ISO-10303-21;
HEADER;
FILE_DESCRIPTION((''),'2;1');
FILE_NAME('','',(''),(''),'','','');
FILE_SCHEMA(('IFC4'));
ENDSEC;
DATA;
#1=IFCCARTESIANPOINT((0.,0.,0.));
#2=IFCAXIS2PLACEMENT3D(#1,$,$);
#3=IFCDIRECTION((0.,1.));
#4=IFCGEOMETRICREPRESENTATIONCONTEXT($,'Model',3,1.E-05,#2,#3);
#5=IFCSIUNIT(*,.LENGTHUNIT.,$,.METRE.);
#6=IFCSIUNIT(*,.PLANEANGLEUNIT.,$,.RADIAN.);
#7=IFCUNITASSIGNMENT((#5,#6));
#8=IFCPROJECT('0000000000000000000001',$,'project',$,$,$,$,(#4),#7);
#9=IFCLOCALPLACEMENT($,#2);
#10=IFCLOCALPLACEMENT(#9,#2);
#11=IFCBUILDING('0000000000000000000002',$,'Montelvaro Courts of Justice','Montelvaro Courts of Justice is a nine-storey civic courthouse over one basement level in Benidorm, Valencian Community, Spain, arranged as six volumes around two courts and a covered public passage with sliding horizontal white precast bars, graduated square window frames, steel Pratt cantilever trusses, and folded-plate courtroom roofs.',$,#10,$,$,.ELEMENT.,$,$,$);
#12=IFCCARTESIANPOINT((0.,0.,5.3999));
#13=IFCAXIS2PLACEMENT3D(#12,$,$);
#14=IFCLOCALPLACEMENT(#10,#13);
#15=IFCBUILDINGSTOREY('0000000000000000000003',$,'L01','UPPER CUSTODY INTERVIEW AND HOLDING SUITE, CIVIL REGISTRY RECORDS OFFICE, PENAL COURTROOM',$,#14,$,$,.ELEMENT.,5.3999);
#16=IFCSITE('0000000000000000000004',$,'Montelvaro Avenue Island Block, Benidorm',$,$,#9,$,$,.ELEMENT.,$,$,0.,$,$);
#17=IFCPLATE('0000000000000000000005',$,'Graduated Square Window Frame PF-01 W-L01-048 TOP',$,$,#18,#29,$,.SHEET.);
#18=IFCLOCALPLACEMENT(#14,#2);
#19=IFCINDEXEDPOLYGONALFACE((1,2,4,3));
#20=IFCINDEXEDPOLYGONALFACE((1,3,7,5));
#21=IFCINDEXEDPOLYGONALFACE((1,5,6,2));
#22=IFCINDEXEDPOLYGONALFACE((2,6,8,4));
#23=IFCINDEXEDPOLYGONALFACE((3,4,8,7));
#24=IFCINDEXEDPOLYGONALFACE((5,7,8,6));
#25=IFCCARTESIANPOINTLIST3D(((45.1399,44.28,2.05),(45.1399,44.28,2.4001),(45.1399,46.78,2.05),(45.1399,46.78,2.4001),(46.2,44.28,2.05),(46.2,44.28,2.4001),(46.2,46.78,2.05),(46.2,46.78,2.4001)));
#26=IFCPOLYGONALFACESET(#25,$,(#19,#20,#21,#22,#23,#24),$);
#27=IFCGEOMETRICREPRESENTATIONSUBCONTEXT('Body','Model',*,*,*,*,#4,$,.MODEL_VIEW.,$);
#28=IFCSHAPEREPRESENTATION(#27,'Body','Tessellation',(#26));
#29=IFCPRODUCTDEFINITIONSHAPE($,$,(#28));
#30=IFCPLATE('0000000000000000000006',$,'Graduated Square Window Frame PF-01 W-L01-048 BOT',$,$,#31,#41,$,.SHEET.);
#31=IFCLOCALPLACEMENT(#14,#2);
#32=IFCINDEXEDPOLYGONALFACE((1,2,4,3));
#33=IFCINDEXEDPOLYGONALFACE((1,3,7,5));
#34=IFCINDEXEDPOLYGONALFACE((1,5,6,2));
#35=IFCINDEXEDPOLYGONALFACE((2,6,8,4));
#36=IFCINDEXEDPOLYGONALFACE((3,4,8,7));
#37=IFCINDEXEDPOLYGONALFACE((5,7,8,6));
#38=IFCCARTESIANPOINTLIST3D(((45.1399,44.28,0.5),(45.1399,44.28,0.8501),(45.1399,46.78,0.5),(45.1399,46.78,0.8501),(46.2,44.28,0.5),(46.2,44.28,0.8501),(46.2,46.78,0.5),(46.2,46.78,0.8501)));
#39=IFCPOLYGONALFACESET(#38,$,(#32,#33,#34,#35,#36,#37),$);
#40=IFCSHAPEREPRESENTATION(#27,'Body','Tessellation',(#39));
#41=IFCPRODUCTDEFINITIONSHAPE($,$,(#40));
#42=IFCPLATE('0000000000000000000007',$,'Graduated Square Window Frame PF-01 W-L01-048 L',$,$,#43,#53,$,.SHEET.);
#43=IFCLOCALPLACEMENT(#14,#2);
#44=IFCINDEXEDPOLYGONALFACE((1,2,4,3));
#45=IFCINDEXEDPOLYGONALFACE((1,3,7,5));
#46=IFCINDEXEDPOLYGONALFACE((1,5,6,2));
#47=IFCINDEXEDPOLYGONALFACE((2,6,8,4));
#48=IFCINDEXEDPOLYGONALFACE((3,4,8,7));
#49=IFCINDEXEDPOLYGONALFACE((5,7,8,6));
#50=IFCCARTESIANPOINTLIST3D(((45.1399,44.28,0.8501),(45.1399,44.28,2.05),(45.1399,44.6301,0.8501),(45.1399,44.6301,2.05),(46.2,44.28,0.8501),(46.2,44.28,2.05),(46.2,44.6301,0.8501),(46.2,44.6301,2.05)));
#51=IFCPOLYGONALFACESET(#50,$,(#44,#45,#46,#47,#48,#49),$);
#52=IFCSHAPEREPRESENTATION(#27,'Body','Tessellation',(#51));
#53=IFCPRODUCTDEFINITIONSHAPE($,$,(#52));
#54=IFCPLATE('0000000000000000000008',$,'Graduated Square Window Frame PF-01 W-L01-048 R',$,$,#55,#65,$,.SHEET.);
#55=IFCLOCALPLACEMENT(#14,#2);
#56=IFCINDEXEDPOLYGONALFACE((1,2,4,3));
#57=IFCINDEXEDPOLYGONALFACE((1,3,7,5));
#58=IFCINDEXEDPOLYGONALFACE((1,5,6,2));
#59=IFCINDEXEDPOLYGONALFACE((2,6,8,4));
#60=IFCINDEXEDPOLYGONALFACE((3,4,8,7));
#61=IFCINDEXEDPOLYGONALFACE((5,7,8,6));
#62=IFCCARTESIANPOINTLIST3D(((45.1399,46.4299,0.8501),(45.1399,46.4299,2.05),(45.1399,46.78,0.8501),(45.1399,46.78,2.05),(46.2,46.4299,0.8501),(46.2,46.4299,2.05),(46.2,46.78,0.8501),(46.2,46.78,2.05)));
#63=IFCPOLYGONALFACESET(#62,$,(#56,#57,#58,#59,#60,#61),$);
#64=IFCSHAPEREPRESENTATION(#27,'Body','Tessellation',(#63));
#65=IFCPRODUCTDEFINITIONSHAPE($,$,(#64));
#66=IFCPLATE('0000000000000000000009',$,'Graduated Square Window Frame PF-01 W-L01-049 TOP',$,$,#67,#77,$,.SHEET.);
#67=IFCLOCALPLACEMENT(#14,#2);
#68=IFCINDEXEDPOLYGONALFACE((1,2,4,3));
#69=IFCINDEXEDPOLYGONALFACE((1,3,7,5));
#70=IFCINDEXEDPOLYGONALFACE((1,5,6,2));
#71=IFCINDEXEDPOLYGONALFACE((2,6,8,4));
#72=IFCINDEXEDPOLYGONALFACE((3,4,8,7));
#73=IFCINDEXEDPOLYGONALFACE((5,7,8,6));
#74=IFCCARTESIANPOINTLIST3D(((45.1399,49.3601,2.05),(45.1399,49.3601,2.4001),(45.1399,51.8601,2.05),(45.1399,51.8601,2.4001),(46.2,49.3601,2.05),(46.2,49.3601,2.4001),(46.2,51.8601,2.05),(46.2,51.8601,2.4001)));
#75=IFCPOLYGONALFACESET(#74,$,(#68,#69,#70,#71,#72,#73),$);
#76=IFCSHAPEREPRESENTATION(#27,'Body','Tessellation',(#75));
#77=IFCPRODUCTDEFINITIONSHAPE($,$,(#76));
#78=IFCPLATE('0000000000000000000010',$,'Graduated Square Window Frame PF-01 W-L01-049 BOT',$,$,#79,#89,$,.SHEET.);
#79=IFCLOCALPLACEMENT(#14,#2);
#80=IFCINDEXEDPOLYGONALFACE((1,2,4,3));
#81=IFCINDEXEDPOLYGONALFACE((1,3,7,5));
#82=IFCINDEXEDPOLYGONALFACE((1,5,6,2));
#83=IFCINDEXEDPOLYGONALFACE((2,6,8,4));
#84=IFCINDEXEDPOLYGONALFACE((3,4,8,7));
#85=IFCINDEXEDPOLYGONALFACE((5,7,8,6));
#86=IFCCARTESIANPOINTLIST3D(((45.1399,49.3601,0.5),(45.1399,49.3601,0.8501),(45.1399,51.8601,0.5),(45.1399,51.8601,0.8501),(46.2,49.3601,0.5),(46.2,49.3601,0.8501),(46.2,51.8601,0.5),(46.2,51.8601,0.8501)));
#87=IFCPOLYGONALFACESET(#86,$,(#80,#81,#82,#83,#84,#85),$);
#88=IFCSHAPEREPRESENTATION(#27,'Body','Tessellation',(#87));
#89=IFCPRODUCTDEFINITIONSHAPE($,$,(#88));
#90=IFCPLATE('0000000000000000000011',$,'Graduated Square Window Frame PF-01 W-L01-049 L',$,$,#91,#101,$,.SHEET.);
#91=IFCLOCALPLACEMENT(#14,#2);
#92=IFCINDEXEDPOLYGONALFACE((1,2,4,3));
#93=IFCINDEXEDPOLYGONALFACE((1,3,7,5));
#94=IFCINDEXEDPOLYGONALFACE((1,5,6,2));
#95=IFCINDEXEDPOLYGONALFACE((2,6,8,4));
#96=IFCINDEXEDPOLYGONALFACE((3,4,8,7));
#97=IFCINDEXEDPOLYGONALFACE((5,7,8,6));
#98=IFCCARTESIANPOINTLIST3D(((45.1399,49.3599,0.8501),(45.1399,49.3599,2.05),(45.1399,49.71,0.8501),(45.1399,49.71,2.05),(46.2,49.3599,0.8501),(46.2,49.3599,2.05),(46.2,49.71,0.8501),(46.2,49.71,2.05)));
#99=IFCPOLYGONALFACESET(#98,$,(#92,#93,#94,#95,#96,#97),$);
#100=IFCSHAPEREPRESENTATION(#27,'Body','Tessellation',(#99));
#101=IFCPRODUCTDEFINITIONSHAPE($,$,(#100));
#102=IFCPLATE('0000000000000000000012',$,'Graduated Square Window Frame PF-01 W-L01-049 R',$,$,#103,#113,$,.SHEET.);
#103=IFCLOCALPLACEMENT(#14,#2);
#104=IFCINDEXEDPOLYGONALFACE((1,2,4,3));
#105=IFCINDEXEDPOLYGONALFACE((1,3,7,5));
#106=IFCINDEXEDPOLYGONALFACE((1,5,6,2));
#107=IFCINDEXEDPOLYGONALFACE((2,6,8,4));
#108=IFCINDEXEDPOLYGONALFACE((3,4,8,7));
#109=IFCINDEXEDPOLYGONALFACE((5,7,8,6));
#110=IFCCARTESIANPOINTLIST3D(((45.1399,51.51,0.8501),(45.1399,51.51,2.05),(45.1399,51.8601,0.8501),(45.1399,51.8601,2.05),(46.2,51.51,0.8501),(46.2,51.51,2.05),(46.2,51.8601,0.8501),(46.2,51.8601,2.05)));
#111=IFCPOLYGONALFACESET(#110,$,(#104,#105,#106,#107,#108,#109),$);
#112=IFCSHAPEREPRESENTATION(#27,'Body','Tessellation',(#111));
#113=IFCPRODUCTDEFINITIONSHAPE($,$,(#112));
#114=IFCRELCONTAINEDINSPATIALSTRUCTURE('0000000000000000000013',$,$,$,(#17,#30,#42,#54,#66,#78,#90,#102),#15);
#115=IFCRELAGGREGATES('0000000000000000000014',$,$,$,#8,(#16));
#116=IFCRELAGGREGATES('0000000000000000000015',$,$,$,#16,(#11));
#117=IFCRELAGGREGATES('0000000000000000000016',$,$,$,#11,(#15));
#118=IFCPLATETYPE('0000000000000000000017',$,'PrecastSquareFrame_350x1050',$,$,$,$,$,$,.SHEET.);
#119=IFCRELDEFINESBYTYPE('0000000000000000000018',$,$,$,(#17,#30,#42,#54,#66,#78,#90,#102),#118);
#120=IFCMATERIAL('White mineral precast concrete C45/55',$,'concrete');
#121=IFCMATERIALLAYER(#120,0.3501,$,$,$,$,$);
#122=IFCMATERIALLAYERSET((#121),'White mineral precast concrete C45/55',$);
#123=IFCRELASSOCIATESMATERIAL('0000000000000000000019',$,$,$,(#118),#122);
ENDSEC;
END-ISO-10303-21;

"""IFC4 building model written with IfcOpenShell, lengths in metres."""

from ifc_helpers import new_model, si_unit, direction, frame, origin, origin_2d, place, context, subcontext, project, spatial, rectangle, extrude, material, layer, layer_set, type_object, element, save


model = new_model("IFC4")

# Units and contexts
model_context = context("Model", 3, precision=1e-05, world=origin(), true_north=direction((0.0, 1.0)))
body_context = subcontext(model_context, "Body", "Model", "MODEL_VIEW")
ifc_project = project(units=[si_unit("LENGTHUNIT", "METRE"), si_unit("PLANEANGLEUNIT", "RADIAN")], contexts=[model_context])

# Site, building, storey
site_placement = place(None, origin())
site = spatial("IfcSite", under=ifc_project, at=site_placement, Name="Montelvaro Avenue Island Block, Benidorm", CompositionType="ELEMENT", RefElevation=0.0)
building_placement = place(site_placement, origin())
building = spatial("IfcBuilding", under=site, at=building_placement, Name="Montelvaro Courts of Justice", Description="Montelvaro Courts of Justice is a nine-storey civic courthouse over one basement level in Benidorm, Valencian Community, Spain, arranged as six volumes around two courts and a covered public passage with sliding horizontal white precast bars, graduated square window frames, steel Pratt cantilever trusses, and folded-plate courtroom roofs.", CompositionType="ELEMENT")
storey_placement = place(building_placement, frame((0.0, 0.0, 5.3999)))
storey = spatial("IfcBuildingStorey", under=building, at=storey_placement, Name="L01", Description="UPPER CUSTODY INTERVIEW AND HOLDING SUITE, CIVIL REGISTRY RECORDS OFFICE, PENAL COURTROOM", CompositionType="ELEMENT", Elevation=5.3999)

# Plates
ifc_material_1 = material(Name="White mineral precast concrete C45/55", Category="concrete")
ifc_layer_1 = layer(ifc_material_1, 0.3501)
ifc_layer_set_1 = layer_set([ifc_layer_1], Name="White mineral precast concrete C45/55")
plate_type_1 = type_object("IfcPlateType", Name="PrecastSquareFrame_350x1050", PredefinedType="SHEET", material=ifc_layer_set_1)
for number, where, z_axis, x_axis, name in (
    (1, (45.6699, 45.53, 2.05), (0.0, 0.0, 1.0), (0.0, 1.0, 0.0), "Graduated Square Window Frame PF-01 W-L01-048 TOP"),
    (2, (45.6699, 45.53, 0.5), (0.0, 0.0, 1.0), (0.0, 1.0, 0.0), "Graduated Square Window Frame PF-01 W-L01-048 BOT"),
):
    element("IfcPlate", number, at=place(storey_placement, frame(where, z_axis=z_axis, x_axis=x_axis)), inside=storey, type_object=plate_type_1, Name=name, PredefinedType="SHEET", context=body_context, shape_type="SweptSolid", body=[
        extrude(rectangle(XDim=2.5, YDim=1.0601, at=origin_2d()), origin(), (0.0, 0.0, 1.0), 0.3501),
    ])
for number, where, z_axis, x_axis, name in (
    (3, (45.6699, 44.4551, 0.8501), (0.0, 0.0, 1.0), (0.0, 1.0, 0.0), "Graduated Square Window Frame PF-01 W-L01-048 L"),
    (4, (45.6699, 46.605, 0.8501), (0.0, 0.0, 1.0), (0.0, 1.0, 0.0), "Graduated Square Window Frame PF-01 W-L01-048 R"),
):
    element("IfcPlate", number, at=place(storey_placement, frame(where, z_axis=z_axis, x_axis=x_axis)), inside=storey, type_object=plate_type_1, Name=name, PredefinedType="SHEET", context=body_context, shape_type="SweptSolid", body=[
        extrude(rectangle(XDim=0.3501, YDim=1.0601, at=origin_2d()), origin(), (0.0, 0.0, 1.0), 1.2),
    ])
for number, where, z_axis, x_axis, name in (
    (5, (45.6699, 50.6101, 2.05), (0.0, 0.0, 1.0), (0.0, 1.0, 0.0), "Graduated Square Window Frame PF-01 W-L01-049 TOP"),
    (6, (45.6699, 50.6101, 0.5), (0.0, 0.0, 1.0), (0.0, 1.0, 0.0), "Graduated Square Window Frame PF-01 W-L01-049 BOT"),
):
    element("IfcPlate", number, at=place(storey_placement, frame(where, z_axis=z_axis, x_axis=x_axis)), inside=storey, type_object=plate_type_1, Name=name, PredefinedType="SHEET", context=body_context, shape_type="SweptSolid", body=[
        extrude(rectangle(XDim=2.5, YDim=1.0601, at=origin_2d()), origin(), (0.0, 0.0, 1.0), 0.3501),
    ])
for number, where, z_axis, x_axis, name in (
    (7, (45.6699, 49.5349, 0.8501), (0.0, 0.0, 1.0), (0.0, 1.0, 0.0), "Graduated Square Window Frame PF-01 W-L01-049 L"),
    (8, (45.6699, 51.6851, 0.8501), (0.0, 0.0, 1.0), (0.0, 1.0, 0.0), "Graduated Square Window Frame PF-01 W-L01-049 R"),
):
    element("IfcPlate", number, at=place(storey_placement, frame(where, z_axis=z_axis, x_axis=x_axis)), inside=storey, type_object=plate_type_1, Name=name, PredefinedType="SHEET", context=body_context, shape_type="SweptSolid", body=[
        extrude(rectangle(XDim=0.3501, YDim=1.0601, at=origin_2d()), origin(), (0.0, 0.0, 1.0), 1.2),
    ])

save(model, "model.ifc")
